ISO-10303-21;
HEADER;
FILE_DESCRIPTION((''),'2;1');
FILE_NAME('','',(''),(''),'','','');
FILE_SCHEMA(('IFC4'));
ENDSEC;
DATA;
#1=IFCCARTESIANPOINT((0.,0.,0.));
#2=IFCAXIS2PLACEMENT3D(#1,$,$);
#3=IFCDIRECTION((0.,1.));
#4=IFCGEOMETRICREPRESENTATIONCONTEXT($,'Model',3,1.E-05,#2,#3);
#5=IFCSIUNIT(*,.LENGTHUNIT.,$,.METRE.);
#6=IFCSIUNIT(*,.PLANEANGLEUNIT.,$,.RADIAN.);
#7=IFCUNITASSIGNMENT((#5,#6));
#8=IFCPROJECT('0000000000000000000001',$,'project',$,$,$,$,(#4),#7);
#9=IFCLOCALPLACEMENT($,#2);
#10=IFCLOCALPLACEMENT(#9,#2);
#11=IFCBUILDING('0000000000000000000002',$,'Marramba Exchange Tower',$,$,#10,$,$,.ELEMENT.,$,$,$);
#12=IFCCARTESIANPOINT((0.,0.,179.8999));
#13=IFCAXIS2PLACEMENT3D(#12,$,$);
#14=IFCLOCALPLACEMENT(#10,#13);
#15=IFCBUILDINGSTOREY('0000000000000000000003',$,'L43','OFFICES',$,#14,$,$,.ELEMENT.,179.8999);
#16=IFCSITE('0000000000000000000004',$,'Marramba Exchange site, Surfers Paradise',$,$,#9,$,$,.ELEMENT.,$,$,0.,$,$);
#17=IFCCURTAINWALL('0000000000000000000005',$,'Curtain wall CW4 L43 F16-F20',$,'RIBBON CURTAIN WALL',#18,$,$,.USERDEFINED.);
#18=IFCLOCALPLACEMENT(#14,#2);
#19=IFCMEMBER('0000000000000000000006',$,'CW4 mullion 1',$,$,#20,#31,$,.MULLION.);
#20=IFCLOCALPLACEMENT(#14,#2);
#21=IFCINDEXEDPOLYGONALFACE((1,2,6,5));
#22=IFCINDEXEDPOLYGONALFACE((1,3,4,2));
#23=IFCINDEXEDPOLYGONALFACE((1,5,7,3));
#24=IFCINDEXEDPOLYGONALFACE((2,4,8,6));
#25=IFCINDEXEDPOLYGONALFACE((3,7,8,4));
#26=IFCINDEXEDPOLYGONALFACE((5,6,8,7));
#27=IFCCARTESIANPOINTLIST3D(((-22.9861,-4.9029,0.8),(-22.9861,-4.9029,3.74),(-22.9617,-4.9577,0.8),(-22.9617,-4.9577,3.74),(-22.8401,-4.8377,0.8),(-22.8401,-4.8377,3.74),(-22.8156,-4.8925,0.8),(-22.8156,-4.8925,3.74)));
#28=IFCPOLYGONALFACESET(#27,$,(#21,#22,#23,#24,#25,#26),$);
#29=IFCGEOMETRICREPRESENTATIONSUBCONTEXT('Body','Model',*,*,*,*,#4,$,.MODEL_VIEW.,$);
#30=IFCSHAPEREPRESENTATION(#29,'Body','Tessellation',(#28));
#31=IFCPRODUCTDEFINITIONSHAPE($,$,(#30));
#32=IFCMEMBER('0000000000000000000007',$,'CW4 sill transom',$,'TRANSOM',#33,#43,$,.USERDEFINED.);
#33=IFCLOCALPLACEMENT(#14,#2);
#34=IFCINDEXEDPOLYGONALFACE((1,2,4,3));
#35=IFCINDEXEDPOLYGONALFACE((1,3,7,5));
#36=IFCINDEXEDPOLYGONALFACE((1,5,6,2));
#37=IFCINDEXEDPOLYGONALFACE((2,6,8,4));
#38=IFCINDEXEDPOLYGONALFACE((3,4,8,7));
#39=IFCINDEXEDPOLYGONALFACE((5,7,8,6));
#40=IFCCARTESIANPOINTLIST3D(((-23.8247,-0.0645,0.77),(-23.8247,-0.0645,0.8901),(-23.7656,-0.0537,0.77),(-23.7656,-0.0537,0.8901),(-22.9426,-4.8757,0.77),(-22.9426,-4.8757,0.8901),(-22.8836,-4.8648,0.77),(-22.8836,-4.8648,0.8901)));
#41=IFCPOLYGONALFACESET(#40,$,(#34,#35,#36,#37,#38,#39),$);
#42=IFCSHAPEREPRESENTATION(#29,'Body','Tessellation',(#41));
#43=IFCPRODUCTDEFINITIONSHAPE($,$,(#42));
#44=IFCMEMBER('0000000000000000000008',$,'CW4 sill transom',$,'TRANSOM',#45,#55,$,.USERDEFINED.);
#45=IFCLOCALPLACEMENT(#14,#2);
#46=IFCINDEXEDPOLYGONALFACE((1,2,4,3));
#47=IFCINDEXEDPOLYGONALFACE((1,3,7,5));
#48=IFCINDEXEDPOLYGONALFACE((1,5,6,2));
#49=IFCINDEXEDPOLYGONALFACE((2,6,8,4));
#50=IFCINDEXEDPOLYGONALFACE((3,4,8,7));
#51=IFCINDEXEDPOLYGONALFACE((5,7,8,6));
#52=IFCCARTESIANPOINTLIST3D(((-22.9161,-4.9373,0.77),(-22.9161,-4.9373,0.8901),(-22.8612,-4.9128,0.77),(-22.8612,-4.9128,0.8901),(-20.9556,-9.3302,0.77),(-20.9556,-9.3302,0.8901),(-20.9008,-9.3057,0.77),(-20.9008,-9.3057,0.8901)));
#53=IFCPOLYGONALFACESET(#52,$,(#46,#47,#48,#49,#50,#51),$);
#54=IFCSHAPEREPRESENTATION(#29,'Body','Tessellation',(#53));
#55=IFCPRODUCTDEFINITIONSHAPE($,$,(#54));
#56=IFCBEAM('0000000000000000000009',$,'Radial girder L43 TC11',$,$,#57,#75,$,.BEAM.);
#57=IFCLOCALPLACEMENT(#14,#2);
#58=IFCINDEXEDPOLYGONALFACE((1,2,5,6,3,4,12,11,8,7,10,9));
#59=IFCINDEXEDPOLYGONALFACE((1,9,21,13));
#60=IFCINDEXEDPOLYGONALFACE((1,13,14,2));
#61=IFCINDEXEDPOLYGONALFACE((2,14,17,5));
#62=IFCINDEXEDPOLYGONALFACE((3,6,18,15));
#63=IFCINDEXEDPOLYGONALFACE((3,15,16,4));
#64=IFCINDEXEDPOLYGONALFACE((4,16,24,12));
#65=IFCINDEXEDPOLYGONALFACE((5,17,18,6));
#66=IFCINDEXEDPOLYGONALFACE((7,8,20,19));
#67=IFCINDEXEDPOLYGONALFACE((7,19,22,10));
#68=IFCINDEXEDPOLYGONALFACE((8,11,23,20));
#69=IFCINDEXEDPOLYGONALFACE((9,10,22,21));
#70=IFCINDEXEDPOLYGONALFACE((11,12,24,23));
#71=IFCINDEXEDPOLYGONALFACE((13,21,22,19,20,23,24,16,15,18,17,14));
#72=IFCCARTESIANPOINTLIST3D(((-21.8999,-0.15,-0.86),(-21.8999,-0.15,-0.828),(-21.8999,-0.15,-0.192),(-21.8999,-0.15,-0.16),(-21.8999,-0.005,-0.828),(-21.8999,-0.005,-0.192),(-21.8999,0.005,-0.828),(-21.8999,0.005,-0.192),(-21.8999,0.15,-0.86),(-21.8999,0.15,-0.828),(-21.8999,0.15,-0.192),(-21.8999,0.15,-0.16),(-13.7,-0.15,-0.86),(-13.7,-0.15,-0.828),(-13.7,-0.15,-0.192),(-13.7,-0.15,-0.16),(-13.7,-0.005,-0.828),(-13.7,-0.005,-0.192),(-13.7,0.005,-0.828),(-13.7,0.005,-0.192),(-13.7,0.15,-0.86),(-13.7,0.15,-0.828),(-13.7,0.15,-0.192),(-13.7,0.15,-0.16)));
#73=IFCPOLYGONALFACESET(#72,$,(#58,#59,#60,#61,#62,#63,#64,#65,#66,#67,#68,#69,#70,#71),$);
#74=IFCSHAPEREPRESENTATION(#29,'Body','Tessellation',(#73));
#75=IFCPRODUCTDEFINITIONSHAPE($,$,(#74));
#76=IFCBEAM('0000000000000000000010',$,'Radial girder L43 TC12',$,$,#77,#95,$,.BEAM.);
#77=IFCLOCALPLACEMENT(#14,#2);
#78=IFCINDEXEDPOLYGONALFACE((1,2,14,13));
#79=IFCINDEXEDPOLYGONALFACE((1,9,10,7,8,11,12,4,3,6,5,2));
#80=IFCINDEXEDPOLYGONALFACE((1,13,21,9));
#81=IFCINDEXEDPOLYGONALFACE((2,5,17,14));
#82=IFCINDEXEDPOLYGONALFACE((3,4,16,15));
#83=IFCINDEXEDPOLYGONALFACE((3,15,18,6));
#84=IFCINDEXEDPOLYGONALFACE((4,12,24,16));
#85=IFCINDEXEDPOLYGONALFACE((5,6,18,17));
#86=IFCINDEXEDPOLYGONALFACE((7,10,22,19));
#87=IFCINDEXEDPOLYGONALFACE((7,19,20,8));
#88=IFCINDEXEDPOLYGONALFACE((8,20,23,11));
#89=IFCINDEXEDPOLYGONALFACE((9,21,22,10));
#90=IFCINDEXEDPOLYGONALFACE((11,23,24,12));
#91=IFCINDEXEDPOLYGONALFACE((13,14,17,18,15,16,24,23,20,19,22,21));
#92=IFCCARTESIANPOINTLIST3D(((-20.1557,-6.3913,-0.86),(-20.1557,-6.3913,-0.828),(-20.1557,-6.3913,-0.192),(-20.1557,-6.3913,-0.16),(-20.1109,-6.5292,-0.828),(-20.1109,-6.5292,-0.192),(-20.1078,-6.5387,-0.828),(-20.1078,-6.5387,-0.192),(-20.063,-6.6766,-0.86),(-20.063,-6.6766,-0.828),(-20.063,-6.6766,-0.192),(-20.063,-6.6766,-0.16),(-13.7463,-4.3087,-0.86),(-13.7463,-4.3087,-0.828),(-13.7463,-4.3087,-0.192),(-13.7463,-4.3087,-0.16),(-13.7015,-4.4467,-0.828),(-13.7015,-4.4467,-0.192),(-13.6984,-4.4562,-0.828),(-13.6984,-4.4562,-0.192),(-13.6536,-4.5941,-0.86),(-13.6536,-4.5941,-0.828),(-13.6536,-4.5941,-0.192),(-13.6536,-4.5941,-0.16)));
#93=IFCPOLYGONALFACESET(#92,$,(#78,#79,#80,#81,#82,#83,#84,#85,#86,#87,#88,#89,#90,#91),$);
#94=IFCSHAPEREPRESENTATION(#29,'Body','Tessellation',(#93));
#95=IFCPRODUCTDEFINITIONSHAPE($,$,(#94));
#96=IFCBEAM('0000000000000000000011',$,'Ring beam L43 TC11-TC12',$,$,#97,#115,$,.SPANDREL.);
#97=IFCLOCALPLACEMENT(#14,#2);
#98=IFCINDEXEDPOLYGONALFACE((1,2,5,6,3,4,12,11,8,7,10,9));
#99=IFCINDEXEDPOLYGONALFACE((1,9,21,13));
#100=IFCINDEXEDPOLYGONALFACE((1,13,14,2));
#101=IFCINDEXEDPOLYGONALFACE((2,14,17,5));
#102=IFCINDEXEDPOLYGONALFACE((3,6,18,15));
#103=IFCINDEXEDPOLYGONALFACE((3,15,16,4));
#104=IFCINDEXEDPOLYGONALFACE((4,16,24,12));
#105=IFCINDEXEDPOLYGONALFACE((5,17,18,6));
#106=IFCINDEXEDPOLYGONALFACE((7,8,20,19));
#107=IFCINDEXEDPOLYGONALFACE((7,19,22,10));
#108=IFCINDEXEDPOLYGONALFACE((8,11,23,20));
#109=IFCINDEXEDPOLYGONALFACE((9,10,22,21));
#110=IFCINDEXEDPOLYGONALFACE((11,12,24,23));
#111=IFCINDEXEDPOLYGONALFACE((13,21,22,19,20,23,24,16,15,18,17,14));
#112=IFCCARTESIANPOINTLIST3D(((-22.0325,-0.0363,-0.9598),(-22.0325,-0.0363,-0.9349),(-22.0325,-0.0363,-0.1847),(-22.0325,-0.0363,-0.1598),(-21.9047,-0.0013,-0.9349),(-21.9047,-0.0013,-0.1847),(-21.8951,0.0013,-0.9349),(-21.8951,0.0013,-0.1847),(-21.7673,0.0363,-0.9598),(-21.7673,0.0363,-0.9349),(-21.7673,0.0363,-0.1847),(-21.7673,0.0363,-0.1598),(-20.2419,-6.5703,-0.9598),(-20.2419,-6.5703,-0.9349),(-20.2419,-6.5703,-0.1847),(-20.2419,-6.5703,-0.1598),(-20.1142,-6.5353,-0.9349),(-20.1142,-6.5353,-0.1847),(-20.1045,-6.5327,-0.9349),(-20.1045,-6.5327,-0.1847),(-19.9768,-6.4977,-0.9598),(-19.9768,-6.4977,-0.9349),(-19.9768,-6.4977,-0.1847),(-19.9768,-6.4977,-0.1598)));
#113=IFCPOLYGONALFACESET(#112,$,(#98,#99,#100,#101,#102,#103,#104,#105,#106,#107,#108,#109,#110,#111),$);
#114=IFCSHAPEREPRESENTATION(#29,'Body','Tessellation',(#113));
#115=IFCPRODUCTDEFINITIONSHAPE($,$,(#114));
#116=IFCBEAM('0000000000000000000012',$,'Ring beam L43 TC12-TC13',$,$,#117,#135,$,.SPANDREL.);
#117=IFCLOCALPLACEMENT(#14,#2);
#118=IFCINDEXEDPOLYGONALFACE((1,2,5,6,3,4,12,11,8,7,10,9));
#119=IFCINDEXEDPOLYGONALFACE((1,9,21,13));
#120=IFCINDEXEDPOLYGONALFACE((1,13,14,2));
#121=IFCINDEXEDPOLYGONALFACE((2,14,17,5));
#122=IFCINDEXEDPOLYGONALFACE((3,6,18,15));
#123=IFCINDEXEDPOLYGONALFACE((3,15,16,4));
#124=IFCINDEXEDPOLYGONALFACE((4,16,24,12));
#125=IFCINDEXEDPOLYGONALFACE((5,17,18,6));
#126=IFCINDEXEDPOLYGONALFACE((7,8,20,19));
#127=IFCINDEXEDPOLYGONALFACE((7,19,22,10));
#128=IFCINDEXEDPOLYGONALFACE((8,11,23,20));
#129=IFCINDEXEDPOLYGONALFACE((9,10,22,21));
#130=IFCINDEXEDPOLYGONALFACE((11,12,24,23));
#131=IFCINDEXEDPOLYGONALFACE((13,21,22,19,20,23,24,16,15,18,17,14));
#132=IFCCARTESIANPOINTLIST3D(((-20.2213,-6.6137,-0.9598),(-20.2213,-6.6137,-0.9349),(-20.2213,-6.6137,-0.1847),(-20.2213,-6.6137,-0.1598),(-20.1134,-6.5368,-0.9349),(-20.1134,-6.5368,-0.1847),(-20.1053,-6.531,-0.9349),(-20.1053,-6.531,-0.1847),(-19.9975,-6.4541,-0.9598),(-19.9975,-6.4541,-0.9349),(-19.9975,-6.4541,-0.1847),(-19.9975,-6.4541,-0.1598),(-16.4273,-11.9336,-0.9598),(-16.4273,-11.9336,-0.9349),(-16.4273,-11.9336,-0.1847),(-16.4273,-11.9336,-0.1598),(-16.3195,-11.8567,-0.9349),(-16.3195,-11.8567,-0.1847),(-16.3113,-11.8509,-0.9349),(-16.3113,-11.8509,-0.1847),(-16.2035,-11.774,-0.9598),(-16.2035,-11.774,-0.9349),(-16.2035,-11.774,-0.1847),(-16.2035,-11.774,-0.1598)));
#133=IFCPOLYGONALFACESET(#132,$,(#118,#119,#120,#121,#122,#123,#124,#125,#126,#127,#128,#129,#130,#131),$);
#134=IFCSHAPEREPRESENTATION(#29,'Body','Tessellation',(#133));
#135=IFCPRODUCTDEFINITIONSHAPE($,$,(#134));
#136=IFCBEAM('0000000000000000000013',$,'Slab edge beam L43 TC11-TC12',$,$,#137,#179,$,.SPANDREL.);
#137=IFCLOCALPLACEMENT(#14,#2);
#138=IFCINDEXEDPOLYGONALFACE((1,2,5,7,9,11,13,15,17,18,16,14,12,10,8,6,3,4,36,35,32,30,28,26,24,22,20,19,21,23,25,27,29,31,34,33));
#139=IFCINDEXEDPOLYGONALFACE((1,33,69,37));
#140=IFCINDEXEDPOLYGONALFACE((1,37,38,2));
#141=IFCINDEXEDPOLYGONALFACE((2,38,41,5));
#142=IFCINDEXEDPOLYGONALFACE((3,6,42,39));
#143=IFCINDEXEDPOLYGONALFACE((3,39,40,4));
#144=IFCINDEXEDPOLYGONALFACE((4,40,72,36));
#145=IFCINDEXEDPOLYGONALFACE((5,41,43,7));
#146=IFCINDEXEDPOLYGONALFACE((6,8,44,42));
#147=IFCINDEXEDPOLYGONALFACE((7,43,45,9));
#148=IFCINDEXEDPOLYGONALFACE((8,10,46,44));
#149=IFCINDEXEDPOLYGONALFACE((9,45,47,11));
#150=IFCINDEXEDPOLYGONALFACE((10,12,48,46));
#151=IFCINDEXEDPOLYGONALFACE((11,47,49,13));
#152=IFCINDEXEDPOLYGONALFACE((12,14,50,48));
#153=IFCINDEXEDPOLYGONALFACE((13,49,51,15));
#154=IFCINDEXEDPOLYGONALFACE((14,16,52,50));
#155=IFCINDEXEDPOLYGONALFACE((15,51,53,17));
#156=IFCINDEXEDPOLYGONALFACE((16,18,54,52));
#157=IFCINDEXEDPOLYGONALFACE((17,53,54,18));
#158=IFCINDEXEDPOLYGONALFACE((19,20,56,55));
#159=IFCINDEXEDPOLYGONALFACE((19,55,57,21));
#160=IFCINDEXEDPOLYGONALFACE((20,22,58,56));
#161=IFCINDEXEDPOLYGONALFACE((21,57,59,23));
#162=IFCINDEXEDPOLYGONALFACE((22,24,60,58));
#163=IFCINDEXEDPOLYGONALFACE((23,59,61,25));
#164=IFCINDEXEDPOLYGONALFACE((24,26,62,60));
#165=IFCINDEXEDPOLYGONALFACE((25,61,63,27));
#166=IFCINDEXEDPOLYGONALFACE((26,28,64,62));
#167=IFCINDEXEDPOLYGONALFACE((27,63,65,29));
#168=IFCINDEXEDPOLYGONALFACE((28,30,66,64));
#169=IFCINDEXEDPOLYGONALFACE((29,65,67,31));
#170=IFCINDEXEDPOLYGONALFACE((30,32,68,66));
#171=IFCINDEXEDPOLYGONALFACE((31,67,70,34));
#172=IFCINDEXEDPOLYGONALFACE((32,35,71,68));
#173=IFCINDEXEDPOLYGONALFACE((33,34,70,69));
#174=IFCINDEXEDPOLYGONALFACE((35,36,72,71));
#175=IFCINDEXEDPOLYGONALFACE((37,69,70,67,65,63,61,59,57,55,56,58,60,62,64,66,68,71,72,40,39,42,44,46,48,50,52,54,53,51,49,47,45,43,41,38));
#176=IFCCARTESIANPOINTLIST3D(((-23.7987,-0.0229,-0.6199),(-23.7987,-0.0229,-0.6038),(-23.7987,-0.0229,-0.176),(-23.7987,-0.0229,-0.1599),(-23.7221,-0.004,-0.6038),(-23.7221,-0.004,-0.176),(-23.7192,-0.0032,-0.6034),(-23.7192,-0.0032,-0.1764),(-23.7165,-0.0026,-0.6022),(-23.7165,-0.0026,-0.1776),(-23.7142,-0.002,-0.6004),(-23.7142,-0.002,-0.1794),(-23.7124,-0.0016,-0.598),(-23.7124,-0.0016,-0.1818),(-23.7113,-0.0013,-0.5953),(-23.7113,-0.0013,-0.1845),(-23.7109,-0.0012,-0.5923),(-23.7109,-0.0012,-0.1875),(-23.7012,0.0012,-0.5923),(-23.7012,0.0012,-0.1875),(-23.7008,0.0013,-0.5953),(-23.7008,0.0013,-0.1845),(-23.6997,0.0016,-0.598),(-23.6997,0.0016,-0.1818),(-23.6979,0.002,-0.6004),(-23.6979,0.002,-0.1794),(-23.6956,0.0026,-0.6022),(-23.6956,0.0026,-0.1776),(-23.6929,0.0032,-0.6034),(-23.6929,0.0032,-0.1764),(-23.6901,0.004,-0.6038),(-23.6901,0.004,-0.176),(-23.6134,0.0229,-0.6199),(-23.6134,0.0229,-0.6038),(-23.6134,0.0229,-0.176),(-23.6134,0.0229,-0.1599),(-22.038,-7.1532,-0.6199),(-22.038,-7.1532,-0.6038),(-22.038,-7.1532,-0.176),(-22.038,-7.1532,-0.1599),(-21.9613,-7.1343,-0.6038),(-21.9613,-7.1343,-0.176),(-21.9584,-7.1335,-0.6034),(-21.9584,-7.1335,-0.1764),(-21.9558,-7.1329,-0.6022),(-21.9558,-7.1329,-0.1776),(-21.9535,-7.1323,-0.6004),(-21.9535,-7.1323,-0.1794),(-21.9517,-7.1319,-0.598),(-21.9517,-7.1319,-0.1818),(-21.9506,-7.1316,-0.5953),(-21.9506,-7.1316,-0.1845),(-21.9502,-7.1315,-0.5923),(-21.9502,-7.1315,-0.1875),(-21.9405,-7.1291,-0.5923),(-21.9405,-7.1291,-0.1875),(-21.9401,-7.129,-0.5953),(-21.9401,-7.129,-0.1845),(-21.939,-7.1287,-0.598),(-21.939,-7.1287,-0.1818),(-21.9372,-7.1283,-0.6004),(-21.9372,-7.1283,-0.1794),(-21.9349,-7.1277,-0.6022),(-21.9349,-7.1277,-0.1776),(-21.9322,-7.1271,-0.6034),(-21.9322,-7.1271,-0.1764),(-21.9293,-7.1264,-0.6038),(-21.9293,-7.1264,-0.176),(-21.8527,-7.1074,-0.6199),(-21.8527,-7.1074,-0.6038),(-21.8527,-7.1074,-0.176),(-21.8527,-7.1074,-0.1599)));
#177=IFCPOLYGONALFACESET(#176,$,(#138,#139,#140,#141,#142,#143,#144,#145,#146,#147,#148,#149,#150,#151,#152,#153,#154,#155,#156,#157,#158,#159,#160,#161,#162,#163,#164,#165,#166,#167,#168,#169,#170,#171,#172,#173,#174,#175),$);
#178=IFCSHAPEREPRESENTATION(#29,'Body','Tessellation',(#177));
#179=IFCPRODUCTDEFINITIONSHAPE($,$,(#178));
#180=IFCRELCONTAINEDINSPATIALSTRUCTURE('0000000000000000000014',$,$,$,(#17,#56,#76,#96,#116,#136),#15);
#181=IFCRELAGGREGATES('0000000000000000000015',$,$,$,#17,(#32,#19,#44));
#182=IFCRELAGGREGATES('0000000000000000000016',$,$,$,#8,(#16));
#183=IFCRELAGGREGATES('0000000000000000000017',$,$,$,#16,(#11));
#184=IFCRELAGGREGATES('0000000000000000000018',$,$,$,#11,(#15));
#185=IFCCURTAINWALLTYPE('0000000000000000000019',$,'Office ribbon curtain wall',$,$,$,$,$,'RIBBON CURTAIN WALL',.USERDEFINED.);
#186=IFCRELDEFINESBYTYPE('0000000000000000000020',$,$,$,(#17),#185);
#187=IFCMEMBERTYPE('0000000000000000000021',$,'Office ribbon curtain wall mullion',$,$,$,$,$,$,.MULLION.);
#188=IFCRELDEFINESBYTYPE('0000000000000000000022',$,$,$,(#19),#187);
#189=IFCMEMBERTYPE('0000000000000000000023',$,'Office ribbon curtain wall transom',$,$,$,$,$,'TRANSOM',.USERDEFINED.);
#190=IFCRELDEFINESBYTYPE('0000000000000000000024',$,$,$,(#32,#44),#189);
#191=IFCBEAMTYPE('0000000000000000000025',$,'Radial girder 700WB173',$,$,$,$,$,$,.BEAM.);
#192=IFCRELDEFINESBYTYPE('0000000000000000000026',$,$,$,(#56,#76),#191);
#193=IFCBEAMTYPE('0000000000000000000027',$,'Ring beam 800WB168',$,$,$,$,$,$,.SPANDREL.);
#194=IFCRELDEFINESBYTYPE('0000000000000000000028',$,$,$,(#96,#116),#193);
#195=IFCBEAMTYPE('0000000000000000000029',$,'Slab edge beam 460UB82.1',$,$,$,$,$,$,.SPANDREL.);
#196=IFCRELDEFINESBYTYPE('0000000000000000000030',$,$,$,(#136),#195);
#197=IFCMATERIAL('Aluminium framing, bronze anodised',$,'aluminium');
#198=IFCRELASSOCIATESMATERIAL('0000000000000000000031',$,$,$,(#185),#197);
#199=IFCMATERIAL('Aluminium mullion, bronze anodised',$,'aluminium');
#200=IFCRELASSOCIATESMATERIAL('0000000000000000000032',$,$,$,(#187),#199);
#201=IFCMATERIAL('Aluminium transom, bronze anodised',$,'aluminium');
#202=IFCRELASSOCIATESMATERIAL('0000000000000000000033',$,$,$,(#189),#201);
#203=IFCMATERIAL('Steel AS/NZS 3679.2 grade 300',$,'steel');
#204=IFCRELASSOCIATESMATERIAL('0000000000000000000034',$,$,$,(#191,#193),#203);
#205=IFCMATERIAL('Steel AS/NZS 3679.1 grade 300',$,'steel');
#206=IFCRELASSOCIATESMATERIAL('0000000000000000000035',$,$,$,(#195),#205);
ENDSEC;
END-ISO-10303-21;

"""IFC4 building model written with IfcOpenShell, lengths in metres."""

from ifc_helpers import new_model, si_unit, direction, frame, origin, origin_2d, place, context, subcontext, project, spatial, rectangle, i_section, extrude, material, material_profile, profile_set, type_object, element, aggregate, save


model = new_model("IFC4")

# Units and contexts
model_context = context("Model", 3, precision=1e-05, world=origin(), true_north=direction((0.0, 1.0)))
body_context = subcontext(model_context, "Body", "Model", "MODEL_VIEW")
ifc_project = project(units=[si_unit("LENGTHUNIT", "METRE"), si_unit("PLANEANGLEUNIT", "RADIAN")], contexts=[model_context])

# Site, building, storey
site_placement = place(None, origin())
site = spatial("IfcSite", under=ifc_project, at=site_placement, Name="Marramba Exchange site, Surfers Paradise", CompositionType="ELEMENT", RefElevation=0.0)
building_placement = place(site_placement, origin())
building = spatial("IfcBuilding", under=site, at=building_placement, Name="Marramba Exchange Tower", CompositionType="ELEMENT")
storey_placement = place(building_placement, frame((0.0, 0.0, 179.8999)))
storey = spatial("IfcBuildingStorey", under=building, at=storey_placement, Name="L43", Description="OFFICES", CompositionType="ELEMENT", Elevation=179.8999)

# Shared definitions
ifc_material_1 = material(Name="Steel AS/NZS 3679.2 grade 300", Category="steel")
ifc_material_2 = material(Name="Steel AS/NZS 3679.1 grade 300", Category="steel")

# Curtain wall, members
ifc_material_3 = material(Name="Aluminium framing, bronze anodised", Category="aluminium")
curtain_wall_type = type_object("IfcCurtainWallType", Name="Office ribbon curtain wall", ElementType="RIBBON CURTAIN WALL", PredefinedType="USERDEFINED", material=ifc_material_3)
curtain_wall_placement = place(storey_placement, origin())
curtain_wall = element("IfcCurtainWall", 1, at=curtain_wall_placement, inside=storey, type_object=curtain_wall_type, Name="Curtain wall CW4 L43 F16-F20", ObjectType="RIBBON CURTAIN WALL", PredefinedType="USERDEFINED")
ifc_material_4 = material(Name="Aluminium mullion, bronze anodised", Category="aluminium")
ifc_material_profile_1 = material_profile(ifc_material_4, rectangle(XDim=0.1599, YDim=0.0601, at=origin_2d()), Name="CW4 mullion 60x160")
ifc_profile_set_1 = profile_set([ifc_material_profile_1], Name="Aluminium mullion, bronze anodised")
member_type_1 = type_object("IfcMemberType", Name="Office ribbon curtain wall mullion", PredefinedType="MULLION", material=ifc_profile_set_1)
member_1_placement = place(storey_placement, frame((-22.9009, -4.8977, 0.8), z_axis=(0.0, 0.0, 1.0), x_axis=(0.91318, 0.407558, 0.0)))
member_1 = element("IfcMember", 2, at=member_1_placement, type_object=member_type_1, Name="CW4 mullion 1", PredefinedType="MULLION", context=body_context, shape_type="SweptSolid", body=[
    extrude(rectangle(XDim=0.1599, YDim=0.0601, at=origin_2d()), origin(), (0.0, 0.0, 1.0), 2.9399),
])
ifc_material_5 = material(Name="Aluminium transom, bronze anodised", Category="aluminium")
ifc_material_profile_2 = material_profile(ifc_material_5, rectangle(XDim=0.0601, YDim=0.1201, at=origin_2d()), Name="CW4 transom 60x120")
ifc_profile_set_2 = profile_set([ifc_material_profile_2], Name="Aluminium transom, bronze anodised")
member_type_2 = type_object("IfcMemberType", Name="Office ribbon curtain wall transom", ElementType="TRANSOM", PredefinedType="USERDEFINED", material=ifc_profile_set_2)
member_2_placement = place(storey_placement, frame((-23.7952, -0.0591, 0.8301), z_axis=(0.18033, -0.983606, 0.0), x_axis=(0.983606, 0.18033, 0.0)))
member_2 = element("IfcMember", 3, at=member_2_placement, type_object=member_type_2, Name="CW4 sill transom", ObjectType="TRANSOM", PredefinedType="USERDEFINED", context=body_context, shape_type="SweptSolid", body=[
    extrude(rectangle(XDim=0.0601, YDim=0.1201, at=origin_2d()), origin(), (0.0, 0.0, 1.0), 4.8914),
])
member_3_placement = place(storey_placement, frame((-22.8887, -4.925, 0.8301), z_axis=(0.407541, -0.913187, 0.0), x_axis=(0.913187, 0.407541, 0.0)))
member_3 = element("IfcMember", 4, at=member_3_placement, type_object=member_type_2, Name="CW4 sill transom", ObjectType="TRANSOM", PredefinedType="USERDEFINED", context=body_context, shape_type="SweptSolid", body=[
    extrude(rectangle(XDim=0.0601, YDim=0.1201, at=origin_2d()), origin(), (0.0, 0.0, 1.0), 4.8105),
])

# Beams
ifc_material_profile_3 = material_profile(ifc_material_1, i_section(OverallWidth=0.3, OverallDepth=0.7, WebThickness=0.01, FlangeThickness=0.032, at=origin_2d()), Name="700WB173")
ifc_profile_set_3 = profile_set([ifc_material_profile_3], Name="Steel AS/NZS 3679.2 grade 300")
beam_type_1 = type_object("IfcBeamType", Name="Radial girder 700WB173", PredefinedType="BEAM", material=ifc_profile_set_3)
beam_1_placement = place(storey_placement, frame((-13.7, 0.0, -0.51), z_axis=(-1.0, 0.0, 0.0), x_axis=(0.0, -1.0, 0.0)))
element("IfcBeam", 5, at=beam_1_placement, inside=storey, type_object=beam_type_1, Name="Radial girder L43 TC11", PredefinedType="BEAM", context=body_context, shape_type="SweptSolid", body=[
    extrude(i_section(OverallWidth=0.3, OverallDepth=0.7, WebThickness=0.01, FlangeThickness=0.032, at=origin_2d()), origin(), (0.0, 0.0, 1.0), 8.2),
])
beam_2_placement = place(storey_placement, frame((-13.7, -4.4514, -0.51), z_axis=(-0.951058, -0.309013, 0.0), x_axis=(0.309013, -0.951058, 0.0)))
element("IfcBeam", 6, at=beam_2_placement, inside=storey, type_object=beam_type_1, Name="Radial girder L43 TC12", PredefinedType="BEAM", context=body_context, shape_type="SweptSolid", body=[
    extrude(i_section(OverallWidth=0.3, OverallDepth=0.7, WebThickness=0.01, FlangeThickness=0.032, at=origin_2d()), origin(), (0.0, 0.0, 1.0), 6.7393),
])
ifc_material_profile_4 = material_profile(ifc_material_1, i_section(OverallWidth=0.2749, OverallDepth=0.8, WebThickness=0.01, FlangeThickness=0.0249, at=origin_2d()), Name="800WB168")
ifc_profile_set_4 = profile_set([ifc_material_profile_4], Name="Steel AS/NZS 3679.2 grade 300")
beam_type_2 = type_object("IfcBeamType", Name="Ring beam 800WB168", PredefinedType="SPANDREL", material=ifc_profile_set_4)
beam_3_placement = place(storey_placement, frame((-21.8999, 0.0, -0.5598), z_axis=(0.264291, -0.964443, 0.0), x_axis=(0.964443, 0.264291, 0.0)))
element("IfcBeam", 7, at=beam_3_placement, inside=storey, type_object=beam_type_2, Name="Ring beam L43 TC11-TC12", PredefinedType="SPANDREL", context=body_context, shape_type="SweptSolid", body=[
    extrude(i_section(OverallWidth=0.2749, OverallDepth=0.8, WebThickness=0.01, FlangeThickness=0.0249, at=origin_2d()), origin(), (0.0, 0.0, 1.0), 6.7749),
])
beam_4_placement = place(storey_placement, frame((-20.1094, -6.5339, -0.5598), z_axis=(0.580637, -0.814162, 0.0), x_axis=(0.814162, 0.580637, 0.0)))
element("IfcBeam", 8, at=beam_4_placement, inside=storey, type_object=beam_type_2, Name="Ring beam L43 TC12-TC13", PredefinedType="SPANDREL", context=body_context, shape_type="SweptSolid", body=[
    extrude(i_section(OverallWidth=0.2749, OverallDepth=0.8, WebThickness=0.01, FlangeThickness=0.0249, at=origin_2d()), origin(), (0.0, 0.0, 1.0), 6.5342),
])
ifc_material_profile_5 = material_profile(ifc_material_2, i_section(OverallWidth=0.1909, OverallDepth=0.46, WebThickness=0.01, FlangeThickness=0.0161, FilletRadius=0.0115, at=origin_2d()), Name="460UB82.1")
ifc_profile_set_5 = profile_set([ifc_material_profile_5], Name="Steel AS/NZS 3679.1 grade 300")
beam_type_3 = type_object("IfcBeamType", Name="Slab edge beam 460UB82.1", PredefinedType="SPANDREL", material=ifc_profile_set_5)
beam_5_placement = place(storey_placement, frame((-23.7061, 0.0, -0.3899), z_axis=(0.239735, -0.970838, 0.0), x_axis=(0.970838, 0.239735, 0.0)))
element("IfcBeam", 9, at=beam_5_placement, inside=storey, type_object=beam_type_3, Name="Slab edge beam L43 TC11-TC12", PredefinedType="SPANDREL", context=body_context, shape_type="SweptSolid", body=[
    extrude(i_section(OverallWidth=0.1909, OverallDepth=0.46, WebThickness=0.01, FlangeThickness=0.0161, FilletRadius=0.0115, at=origin_2d()), origin(), (0.0, 0.0, 1.0), 7.3445),
])

aggregate(curtain_wall, [member_2, member_1, member_3])

save(model, "model.ifc")
